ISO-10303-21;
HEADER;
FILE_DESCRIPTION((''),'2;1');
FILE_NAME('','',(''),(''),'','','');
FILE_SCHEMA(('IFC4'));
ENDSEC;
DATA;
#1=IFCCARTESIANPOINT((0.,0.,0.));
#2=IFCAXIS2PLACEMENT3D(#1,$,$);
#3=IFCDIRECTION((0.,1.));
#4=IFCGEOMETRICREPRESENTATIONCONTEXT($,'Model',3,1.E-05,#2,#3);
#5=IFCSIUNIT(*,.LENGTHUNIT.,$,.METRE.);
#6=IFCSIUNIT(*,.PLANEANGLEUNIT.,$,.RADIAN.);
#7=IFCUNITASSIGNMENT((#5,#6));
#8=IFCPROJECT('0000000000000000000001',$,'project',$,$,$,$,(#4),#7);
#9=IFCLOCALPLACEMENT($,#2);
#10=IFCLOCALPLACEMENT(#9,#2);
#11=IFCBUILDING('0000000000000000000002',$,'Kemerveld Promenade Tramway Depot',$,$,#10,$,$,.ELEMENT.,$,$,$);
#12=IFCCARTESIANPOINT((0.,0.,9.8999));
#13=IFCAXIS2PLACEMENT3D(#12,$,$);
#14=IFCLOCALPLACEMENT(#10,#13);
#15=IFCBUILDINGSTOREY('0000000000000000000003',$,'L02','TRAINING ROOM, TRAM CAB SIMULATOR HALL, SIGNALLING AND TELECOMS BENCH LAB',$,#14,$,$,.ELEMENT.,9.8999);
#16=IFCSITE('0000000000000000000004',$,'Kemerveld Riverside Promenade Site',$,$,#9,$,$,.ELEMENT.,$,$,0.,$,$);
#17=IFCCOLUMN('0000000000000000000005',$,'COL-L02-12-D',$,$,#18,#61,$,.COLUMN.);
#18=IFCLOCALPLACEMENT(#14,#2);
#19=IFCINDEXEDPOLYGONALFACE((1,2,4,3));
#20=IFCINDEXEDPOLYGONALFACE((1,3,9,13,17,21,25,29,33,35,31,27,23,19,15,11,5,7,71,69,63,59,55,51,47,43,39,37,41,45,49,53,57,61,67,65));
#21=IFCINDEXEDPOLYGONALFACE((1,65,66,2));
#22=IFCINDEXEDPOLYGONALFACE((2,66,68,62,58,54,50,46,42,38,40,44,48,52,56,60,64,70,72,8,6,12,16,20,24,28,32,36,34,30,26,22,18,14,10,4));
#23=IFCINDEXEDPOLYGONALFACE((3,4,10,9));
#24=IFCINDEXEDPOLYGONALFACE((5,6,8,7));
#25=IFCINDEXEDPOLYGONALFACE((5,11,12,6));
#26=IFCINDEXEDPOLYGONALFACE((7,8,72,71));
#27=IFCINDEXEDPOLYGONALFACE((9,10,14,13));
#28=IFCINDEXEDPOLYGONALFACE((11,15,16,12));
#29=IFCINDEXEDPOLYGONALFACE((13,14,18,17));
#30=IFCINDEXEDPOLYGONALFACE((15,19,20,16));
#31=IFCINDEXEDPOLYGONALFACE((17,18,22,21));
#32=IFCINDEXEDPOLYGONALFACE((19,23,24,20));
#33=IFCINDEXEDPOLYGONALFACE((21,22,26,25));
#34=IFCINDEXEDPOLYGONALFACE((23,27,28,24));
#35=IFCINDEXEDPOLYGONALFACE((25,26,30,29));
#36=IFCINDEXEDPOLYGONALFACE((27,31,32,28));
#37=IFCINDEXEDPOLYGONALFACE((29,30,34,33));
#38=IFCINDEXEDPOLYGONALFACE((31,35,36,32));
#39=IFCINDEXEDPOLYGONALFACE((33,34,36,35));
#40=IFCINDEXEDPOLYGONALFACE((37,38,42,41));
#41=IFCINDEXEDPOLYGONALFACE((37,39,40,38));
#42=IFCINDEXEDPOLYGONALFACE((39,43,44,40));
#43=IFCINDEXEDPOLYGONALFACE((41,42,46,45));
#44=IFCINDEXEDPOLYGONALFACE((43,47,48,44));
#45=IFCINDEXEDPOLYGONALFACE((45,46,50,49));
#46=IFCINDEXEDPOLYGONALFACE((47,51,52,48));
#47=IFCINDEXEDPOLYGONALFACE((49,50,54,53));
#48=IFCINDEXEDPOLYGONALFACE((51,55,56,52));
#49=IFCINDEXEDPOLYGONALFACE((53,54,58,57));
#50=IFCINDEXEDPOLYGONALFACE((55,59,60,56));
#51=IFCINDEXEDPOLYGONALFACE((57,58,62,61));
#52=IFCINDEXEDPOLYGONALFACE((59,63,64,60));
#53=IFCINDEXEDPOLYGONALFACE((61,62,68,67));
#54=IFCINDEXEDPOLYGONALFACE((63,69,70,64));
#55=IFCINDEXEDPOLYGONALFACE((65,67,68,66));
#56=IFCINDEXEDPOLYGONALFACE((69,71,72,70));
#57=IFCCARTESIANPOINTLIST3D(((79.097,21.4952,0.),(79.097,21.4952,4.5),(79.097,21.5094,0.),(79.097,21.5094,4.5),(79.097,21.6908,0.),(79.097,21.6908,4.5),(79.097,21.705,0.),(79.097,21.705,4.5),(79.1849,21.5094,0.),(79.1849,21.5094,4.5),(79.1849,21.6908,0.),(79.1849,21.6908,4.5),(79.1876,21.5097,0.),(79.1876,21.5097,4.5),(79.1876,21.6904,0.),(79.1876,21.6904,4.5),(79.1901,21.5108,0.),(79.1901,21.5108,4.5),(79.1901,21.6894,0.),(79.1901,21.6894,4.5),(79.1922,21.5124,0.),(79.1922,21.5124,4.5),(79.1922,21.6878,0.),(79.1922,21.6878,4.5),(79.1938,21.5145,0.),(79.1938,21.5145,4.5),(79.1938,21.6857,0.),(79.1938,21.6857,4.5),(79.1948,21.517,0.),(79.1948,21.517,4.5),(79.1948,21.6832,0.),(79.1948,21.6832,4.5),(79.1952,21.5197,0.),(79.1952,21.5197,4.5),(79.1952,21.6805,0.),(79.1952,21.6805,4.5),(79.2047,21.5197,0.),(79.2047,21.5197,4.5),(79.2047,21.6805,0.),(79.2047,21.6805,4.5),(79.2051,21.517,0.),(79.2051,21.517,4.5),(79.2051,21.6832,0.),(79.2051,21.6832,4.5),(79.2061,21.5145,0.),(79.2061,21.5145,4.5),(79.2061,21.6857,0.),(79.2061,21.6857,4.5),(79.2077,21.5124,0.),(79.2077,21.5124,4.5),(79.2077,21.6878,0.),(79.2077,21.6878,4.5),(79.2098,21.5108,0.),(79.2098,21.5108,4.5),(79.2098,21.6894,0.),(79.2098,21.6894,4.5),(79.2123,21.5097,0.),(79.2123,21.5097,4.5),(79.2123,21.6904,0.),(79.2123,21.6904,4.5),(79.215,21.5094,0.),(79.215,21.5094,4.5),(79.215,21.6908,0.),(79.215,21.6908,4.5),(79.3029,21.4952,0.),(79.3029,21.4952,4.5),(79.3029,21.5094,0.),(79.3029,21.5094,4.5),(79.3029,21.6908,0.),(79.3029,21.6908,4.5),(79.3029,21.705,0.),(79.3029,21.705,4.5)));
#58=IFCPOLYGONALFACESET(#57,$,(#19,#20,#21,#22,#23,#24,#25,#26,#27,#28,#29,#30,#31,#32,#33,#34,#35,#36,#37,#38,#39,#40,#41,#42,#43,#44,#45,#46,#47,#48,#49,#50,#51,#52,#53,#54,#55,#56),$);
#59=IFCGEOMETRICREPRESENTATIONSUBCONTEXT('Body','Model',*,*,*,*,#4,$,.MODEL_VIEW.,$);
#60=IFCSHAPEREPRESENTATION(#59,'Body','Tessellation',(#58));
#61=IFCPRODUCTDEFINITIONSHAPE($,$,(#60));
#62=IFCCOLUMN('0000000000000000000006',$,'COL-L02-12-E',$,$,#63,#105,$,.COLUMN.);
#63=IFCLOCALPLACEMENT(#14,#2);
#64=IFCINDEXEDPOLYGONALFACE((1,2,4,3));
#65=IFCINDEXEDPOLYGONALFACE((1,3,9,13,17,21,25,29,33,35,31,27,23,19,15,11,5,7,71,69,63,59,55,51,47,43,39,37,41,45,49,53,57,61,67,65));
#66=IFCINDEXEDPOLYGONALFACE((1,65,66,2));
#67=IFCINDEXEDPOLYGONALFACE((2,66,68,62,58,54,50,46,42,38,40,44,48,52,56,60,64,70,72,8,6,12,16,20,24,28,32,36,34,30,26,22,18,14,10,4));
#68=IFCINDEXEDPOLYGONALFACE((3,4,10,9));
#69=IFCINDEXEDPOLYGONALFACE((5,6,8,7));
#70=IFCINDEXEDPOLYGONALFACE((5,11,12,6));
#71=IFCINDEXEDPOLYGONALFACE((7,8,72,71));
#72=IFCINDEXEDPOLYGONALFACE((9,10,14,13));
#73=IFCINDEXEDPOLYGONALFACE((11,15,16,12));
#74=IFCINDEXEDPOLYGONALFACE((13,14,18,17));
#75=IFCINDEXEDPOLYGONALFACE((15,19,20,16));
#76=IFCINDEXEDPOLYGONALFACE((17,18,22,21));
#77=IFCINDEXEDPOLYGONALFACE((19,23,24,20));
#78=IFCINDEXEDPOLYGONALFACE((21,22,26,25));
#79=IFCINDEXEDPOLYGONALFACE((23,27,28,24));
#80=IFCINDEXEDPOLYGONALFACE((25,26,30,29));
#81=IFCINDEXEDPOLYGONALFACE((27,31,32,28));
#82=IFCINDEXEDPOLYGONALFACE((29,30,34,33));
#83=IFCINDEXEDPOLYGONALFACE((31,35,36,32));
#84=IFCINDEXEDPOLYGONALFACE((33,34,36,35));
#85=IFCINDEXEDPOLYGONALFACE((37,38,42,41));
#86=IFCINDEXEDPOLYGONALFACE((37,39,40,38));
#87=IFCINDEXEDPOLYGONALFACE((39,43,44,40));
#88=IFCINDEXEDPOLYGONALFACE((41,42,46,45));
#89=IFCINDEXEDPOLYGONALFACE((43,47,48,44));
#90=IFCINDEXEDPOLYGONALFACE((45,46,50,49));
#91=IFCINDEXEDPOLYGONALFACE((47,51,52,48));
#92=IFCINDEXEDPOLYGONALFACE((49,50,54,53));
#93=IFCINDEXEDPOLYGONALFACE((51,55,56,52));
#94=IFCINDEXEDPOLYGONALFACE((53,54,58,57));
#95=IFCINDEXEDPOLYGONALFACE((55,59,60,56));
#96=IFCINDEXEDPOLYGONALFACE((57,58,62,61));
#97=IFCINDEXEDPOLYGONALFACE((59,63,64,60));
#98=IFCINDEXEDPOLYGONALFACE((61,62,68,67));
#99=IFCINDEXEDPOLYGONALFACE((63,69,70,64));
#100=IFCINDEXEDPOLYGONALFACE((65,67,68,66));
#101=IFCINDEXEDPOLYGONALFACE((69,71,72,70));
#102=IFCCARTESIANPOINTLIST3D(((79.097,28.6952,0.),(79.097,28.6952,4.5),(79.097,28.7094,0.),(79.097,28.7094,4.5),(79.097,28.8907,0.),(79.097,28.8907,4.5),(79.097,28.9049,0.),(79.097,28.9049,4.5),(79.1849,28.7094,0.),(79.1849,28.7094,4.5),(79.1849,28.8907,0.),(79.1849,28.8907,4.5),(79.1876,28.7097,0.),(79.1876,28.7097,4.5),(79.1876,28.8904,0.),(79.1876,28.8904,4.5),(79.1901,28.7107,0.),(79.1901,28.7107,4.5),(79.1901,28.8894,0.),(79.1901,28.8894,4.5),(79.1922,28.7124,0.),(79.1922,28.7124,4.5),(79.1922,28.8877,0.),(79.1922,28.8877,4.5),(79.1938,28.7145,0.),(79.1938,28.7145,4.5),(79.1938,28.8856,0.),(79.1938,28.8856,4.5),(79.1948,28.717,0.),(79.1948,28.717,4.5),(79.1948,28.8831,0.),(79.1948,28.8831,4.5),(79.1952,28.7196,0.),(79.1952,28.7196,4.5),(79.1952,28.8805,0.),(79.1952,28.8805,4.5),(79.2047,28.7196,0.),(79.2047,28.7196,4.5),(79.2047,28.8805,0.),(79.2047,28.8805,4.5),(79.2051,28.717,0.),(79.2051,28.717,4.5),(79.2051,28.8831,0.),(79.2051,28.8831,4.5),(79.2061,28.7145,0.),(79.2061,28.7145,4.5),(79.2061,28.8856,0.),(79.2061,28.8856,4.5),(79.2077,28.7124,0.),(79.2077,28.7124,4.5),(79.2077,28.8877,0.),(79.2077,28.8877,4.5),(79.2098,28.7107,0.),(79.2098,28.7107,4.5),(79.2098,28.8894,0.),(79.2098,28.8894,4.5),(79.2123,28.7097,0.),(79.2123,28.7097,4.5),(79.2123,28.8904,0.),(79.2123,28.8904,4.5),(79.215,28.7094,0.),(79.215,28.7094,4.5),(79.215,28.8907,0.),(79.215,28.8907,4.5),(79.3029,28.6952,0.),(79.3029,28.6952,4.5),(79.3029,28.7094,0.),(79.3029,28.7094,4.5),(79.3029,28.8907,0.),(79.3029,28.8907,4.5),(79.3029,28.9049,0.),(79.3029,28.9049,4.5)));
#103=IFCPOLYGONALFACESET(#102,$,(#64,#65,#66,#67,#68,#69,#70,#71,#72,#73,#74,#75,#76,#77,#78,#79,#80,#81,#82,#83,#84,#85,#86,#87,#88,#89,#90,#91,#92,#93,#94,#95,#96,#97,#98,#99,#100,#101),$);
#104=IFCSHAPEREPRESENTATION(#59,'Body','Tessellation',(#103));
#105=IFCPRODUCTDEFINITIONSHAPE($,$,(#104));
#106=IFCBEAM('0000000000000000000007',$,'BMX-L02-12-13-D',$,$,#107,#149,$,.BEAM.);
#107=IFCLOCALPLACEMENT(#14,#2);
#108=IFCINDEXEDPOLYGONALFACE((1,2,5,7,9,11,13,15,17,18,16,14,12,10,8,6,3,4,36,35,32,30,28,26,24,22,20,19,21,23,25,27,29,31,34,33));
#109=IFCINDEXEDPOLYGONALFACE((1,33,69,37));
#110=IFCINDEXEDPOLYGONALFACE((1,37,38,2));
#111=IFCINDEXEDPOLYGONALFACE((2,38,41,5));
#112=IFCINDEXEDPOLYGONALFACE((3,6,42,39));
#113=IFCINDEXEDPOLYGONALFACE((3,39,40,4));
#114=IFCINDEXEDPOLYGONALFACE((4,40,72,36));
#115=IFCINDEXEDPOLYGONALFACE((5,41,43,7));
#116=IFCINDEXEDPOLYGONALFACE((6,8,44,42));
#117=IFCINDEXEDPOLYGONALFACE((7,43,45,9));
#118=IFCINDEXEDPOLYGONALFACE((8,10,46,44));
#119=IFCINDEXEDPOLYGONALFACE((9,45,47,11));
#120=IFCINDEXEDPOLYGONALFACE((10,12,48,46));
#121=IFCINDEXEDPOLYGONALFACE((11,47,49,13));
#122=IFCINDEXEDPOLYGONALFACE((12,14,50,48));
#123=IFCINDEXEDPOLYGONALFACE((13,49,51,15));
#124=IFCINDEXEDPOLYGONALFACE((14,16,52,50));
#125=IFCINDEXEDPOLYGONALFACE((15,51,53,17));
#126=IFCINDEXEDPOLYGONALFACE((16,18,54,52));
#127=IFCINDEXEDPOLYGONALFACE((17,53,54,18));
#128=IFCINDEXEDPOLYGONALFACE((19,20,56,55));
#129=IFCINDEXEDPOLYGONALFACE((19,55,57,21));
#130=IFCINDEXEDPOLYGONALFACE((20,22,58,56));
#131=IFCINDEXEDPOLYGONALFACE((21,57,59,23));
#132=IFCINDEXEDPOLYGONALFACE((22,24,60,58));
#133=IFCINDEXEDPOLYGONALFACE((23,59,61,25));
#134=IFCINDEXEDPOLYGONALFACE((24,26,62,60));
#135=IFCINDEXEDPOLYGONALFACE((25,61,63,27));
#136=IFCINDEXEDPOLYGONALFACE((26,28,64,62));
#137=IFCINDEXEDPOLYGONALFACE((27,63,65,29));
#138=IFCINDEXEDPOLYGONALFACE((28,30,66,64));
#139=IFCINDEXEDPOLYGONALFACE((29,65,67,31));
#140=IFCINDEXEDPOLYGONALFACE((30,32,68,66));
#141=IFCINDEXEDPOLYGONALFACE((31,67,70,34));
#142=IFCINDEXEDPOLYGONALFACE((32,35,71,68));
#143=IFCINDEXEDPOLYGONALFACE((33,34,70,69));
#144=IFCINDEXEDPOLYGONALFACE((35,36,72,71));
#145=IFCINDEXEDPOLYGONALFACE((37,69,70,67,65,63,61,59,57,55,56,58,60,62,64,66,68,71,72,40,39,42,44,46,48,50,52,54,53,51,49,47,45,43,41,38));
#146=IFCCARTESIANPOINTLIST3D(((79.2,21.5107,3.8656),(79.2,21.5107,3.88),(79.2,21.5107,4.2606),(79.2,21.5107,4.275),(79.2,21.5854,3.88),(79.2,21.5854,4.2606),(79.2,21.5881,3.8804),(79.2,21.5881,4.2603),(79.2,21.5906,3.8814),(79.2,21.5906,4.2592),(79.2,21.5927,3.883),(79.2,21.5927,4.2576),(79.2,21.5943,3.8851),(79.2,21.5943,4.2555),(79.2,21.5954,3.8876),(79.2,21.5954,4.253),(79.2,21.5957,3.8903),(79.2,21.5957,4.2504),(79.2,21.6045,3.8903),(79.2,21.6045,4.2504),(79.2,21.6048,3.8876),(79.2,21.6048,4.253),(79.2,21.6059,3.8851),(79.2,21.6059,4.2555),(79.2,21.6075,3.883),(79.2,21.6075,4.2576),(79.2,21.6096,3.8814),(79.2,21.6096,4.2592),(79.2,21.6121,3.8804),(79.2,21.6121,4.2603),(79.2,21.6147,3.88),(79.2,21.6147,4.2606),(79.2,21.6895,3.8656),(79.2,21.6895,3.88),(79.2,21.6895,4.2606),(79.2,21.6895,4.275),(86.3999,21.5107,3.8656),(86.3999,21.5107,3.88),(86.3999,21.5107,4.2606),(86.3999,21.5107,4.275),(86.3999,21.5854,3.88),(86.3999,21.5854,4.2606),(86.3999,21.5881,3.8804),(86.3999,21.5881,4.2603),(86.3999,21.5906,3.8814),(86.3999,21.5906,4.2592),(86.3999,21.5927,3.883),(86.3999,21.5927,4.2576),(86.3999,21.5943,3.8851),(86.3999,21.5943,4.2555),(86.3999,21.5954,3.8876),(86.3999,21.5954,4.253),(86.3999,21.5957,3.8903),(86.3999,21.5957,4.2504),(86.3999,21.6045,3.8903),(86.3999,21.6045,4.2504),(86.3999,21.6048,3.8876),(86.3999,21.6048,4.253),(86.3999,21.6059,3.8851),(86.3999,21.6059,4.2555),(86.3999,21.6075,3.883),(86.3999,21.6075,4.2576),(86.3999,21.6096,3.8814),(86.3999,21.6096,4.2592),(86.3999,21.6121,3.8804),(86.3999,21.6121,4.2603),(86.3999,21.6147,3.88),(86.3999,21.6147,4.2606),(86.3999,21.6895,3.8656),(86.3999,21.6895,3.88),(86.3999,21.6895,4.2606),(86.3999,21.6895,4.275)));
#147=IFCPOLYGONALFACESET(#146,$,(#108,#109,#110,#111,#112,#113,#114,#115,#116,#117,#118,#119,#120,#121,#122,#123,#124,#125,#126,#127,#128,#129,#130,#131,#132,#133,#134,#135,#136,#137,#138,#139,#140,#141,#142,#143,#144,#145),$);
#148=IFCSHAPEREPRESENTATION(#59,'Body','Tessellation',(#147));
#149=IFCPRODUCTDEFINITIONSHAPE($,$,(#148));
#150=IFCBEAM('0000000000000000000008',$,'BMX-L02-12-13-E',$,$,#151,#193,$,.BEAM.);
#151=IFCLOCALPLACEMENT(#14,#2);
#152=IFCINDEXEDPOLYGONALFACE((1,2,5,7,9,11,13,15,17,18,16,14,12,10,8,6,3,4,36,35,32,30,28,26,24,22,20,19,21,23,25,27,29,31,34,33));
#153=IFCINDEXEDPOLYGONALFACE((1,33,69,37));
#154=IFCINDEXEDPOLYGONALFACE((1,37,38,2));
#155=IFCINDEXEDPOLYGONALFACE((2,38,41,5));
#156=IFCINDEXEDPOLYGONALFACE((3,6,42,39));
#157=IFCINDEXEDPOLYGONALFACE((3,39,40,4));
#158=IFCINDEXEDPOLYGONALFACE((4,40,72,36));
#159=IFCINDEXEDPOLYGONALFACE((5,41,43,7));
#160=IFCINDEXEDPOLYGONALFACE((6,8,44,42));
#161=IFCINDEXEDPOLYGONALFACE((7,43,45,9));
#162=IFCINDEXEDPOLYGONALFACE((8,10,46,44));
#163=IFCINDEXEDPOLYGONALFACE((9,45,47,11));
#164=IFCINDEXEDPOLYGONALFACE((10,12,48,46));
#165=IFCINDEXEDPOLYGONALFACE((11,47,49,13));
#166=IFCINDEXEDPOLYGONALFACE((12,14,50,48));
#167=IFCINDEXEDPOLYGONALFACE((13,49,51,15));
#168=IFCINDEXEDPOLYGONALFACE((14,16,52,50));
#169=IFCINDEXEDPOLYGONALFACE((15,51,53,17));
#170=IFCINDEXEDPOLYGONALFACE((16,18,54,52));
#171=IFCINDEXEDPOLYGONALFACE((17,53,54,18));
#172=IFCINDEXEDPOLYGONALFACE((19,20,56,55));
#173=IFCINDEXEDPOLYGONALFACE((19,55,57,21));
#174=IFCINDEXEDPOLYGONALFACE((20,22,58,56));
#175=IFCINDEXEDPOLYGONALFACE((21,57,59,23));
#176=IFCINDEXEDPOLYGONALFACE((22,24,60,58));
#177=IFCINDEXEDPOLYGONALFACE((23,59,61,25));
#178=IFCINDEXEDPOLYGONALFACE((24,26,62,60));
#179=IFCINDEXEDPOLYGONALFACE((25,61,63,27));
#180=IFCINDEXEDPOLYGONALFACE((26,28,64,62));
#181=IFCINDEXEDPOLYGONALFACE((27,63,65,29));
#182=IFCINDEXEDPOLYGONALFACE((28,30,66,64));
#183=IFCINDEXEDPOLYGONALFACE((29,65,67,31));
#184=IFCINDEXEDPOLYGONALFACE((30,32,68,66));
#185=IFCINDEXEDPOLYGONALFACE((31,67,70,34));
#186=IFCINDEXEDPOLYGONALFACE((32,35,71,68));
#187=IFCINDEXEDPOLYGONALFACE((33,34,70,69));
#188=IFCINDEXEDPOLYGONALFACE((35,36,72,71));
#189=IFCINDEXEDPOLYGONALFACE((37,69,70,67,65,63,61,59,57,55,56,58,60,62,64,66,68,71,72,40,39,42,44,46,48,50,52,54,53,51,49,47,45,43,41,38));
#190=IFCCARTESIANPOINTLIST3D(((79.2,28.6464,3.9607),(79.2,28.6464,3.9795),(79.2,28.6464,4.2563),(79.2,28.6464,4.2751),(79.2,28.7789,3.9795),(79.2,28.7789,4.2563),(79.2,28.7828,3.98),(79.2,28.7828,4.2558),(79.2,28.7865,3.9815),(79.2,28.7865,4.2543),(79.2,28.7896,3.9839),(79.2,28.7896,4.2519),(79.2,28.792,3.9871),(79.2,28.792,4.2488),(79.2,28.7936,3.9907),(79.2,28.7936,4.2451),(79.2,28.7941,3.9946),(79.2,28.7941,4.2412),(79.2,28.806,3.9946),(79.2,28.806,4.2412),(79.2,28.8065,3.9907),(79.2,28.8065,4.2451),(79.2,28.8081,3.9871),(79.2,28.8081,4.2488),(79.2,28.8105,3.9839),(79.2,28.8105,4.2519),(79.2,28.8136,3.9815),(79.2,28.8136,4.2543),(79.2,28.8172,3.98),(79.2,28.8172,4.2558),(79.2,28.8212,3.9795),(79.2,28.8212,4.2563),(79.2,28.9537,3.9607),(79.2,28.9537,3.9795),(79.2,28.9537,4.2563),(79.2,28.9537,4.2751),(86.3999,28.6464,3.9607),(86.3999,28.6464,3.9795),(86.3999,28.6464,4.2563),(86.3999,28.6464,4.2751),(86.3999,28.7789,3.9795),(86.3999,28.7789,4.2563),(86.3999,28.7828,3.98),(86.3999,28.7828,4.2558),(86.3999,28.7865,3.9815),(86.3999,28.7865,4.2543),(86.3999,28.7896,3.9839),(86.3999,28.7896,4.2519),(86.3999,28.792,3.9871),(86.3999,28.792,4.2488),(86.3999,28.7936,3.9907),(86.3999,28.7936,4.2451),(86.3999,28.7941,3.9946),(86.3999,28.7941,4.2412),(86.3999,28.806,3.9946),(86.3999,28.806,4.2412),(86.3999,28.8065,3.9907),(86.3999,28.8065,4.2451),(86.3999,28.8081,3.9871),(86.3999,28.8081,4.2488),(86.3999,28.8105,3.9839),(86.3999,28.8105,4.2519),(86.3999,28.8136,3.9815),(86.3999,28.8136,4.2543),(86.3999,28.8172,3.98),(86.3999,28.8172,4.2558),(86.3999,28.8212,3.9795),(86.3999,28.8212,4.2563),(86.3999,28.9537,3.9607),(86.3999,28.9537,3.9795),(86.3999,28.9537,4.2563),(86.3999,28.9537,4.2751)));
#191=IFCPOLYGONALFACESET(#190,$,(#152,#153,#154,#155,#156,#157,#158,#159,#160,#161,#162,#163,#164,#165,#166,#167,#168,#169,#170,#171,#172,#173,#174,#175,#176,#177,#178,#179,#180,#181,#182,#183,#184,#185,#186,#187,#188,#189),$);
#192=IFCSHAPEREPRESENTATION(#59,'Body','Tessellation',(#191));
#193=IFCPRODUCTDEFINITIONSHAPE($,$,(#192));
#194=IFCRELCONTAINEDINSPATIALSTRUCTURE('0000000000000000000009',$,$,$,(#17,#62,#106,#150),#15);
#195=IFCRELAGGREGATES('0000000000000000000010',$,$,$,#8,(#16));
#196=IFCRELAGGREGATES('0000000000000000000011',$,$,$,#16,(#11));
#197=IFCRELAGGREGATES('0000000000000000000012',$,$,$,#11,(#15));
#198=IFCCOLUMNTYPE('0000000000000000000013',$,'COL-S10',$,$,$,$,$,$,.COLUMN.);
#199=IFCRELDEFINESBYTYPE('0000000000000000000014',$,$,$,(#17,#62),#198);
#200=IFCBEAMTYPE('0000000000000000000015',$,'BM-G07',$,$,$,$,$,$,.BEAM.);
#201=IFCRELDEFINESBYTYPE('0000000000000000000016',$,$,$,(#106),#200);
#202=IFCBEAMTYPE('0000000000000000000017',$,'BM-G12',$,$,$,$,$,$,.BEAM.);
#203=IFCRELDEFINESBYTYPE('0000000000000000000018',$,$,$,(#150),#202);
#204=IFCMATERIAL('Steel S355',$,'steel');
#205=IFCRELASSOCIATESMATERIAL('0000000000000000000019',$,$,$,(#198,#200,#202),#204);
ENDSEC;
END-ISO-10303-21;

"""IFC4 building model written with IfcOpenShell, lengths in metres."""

from ifc_helpers import new_model, si_unit, direction, frame, origin, origin_2d, place, context, subcontext, project, spatial, i_section, extrude, material, material_profile, profile_set, type_object, element, save


model = new_model("IFC4")

# Units and contexts
model_context = context("Model", 3, precision=1e-05, world=origin(), true_north=direction((0.0, 1.0)))
body_context = subcontext(model_context, "Body", "Model", "MODEL_VIEW")
ifc_project = project(units=[si_unit("LENGTHUNIT", "METRE"), si_unit("PLANEANGLEUNIT", "RADIAN")], contexts=[model_context])

# Site, building, storey
site_placement = place(None, origin())
site = spatial("IfcSite", under=ifc_project, at=site_placement, Name="Kemerveld Riverside Promenade Site", CompositionType="ELEMENT", RefElevation=0.0)
building_placement = place(site_placement, origin())
building = spatial("IfcBuilding", under=site, at=building_placement, Name="Kemerveld Promenade Tramway Depot", CompositionType="ELEMENT")
storey_placement = place(building_placement, frame((0.0, 0.0, 9.8999)))
storey = spatial("IfcBuildingStorey", under=building, at=storey_placement, Name="L02", Description="TRAINING ROOM, TRAM CAB SIMULATOR HALL, SIGNALLING AND TELECOMS BENCH LAB", CompositionType="ELEMENT", Elevation=9.8999)

# Columns
ifc_material_1 = material(Name="Steel S355", Category="steel")
ifc_material_profile_1 = material_profile(ifc_material_1, i_section(OverallWidth=0.2058, OverallDepth=0.2097, WebThickness=0.0095, FlangeThickness=0.0142, FilletRadius=0.0103, at=origin_2d()), Name="203x203x60 UC")
ifc_profile_set_1 = profile_set([ifc_material_profile_1], Name="Steel S355")
column_type = type_object("IfcColumnType", Name="COL-S10", PredefinedType="COLUMN", material=ifc_profile_set_1)
for number, where, z_axis, x_axis, name in (
    (1, (79.2, 21.6001, 0.0), (0.0, 0.0, 1.0), (1.0, 0.0, 0.0), "COL-L02-12-D"),
    (2, (79.2, 28.8, 0.0), (0.0, 0.0, 1.0), (1.0, 0.0, 0.0), "COL-L02-12-E"),
):
    element("IfcColumn", number, at=place(storey_placement, frame(where, z_axis=z_axis, x_axis=x_axis)), inside=storey, type_object=column_type, Name=name, PredefinedType="COLUMN", context=body_context, shape_type="SweptSolid", body=[
        extrude(i_section(OverallWidth=0.2058, OverallDepth=0.2097, WebThickness=0.0095, FlangeThickness=0.0142, FilletRadius=0.0103, at=origin_2d()), origin(), (0.0, 0.0, 1.0), 4.5),
    ])

# Beams
ifc_material_profile_2 = material_profile(ifc_material_1, i_section(OverallWidth=0.1787, OverallDepth=0.4094, WebThickness=0.0088, FlangeThickness=0.0144, FilletRadius=0.0103, at=origin_2d()), Name="406x178x67 UB")
ifc_profile_set_2 = profile_set([ifc_material_profile_2], Name="Steel S355")
beam_type_1 = type_object("IfcBeamType", Name="BM-G07", PredefinedType="BEAM", material=ifc_profile_set_2)
beam_1_placement = place(storey_placement, frame((79.2, 21.6001, 4.0703), z_axis=(1.0, 0.0, 0.0), x_axis=(0.0, 1.0, 0.0)))
element("IfcBeam", 3, at=beam_1_placement, inside=storey, type_object=beam_type_1, Name="BMX-L02-12-13-D", PredefinedType="BEAM", context=body_context, shape_type="SweptSolid", body=[
    extrude(i_section(OverallWidth=0.1787, OverallDepth=0.4094, WebThickness=0.0088, FlangeThickness=0.0144, FilletRadius=0.0103, at=origin_2d()), origin(), (0.0, 0.0, 1.0), 7.2),
])
ifc_material_profile_3 = material_profile(ifc_material_1, i_section(OverallWidth=0.3074, OverallDepth=0.3145, WebThickness=0.012, FlangeThickness=0.0188, FilletRadius=0.0151, at=origin_2d()), Name="305x305x118 UC")
ifc_profile_set_3 = profile_set([ifc_material_profile_3], Name="Steel S355")
beam_type_2 = type_object("IfcBeamType", Name="BM-G12", PredefinedType="BEAM", material=ifc_profile_set_3)
beam_2_placement = place(storey_placement, frame((79.2, 28.8, 4.1179), z_axis=(1.0, 0.0, 0.0), x_axis=(0.0, 1.0, 0.0)))
element("IfcBeam", 4, at=beam_2_placement, inside=storey, type_object=beam_type_2, Name="BMX-L02-12-13-E", PredefinedType="BEAM", context=body_context, shape_type="SweptSolid", body=[
    extrude(i_section(OverallWidth=0.3074, OverallDepth=0.3145, WebThickness=0.012, FlangeThickness=0.0188, FilletRadius=0.0151, at=origin_2d()), origin(), (0.0, 0.0, 1.0), 7.2),
])

save(model, "model.ifc")
